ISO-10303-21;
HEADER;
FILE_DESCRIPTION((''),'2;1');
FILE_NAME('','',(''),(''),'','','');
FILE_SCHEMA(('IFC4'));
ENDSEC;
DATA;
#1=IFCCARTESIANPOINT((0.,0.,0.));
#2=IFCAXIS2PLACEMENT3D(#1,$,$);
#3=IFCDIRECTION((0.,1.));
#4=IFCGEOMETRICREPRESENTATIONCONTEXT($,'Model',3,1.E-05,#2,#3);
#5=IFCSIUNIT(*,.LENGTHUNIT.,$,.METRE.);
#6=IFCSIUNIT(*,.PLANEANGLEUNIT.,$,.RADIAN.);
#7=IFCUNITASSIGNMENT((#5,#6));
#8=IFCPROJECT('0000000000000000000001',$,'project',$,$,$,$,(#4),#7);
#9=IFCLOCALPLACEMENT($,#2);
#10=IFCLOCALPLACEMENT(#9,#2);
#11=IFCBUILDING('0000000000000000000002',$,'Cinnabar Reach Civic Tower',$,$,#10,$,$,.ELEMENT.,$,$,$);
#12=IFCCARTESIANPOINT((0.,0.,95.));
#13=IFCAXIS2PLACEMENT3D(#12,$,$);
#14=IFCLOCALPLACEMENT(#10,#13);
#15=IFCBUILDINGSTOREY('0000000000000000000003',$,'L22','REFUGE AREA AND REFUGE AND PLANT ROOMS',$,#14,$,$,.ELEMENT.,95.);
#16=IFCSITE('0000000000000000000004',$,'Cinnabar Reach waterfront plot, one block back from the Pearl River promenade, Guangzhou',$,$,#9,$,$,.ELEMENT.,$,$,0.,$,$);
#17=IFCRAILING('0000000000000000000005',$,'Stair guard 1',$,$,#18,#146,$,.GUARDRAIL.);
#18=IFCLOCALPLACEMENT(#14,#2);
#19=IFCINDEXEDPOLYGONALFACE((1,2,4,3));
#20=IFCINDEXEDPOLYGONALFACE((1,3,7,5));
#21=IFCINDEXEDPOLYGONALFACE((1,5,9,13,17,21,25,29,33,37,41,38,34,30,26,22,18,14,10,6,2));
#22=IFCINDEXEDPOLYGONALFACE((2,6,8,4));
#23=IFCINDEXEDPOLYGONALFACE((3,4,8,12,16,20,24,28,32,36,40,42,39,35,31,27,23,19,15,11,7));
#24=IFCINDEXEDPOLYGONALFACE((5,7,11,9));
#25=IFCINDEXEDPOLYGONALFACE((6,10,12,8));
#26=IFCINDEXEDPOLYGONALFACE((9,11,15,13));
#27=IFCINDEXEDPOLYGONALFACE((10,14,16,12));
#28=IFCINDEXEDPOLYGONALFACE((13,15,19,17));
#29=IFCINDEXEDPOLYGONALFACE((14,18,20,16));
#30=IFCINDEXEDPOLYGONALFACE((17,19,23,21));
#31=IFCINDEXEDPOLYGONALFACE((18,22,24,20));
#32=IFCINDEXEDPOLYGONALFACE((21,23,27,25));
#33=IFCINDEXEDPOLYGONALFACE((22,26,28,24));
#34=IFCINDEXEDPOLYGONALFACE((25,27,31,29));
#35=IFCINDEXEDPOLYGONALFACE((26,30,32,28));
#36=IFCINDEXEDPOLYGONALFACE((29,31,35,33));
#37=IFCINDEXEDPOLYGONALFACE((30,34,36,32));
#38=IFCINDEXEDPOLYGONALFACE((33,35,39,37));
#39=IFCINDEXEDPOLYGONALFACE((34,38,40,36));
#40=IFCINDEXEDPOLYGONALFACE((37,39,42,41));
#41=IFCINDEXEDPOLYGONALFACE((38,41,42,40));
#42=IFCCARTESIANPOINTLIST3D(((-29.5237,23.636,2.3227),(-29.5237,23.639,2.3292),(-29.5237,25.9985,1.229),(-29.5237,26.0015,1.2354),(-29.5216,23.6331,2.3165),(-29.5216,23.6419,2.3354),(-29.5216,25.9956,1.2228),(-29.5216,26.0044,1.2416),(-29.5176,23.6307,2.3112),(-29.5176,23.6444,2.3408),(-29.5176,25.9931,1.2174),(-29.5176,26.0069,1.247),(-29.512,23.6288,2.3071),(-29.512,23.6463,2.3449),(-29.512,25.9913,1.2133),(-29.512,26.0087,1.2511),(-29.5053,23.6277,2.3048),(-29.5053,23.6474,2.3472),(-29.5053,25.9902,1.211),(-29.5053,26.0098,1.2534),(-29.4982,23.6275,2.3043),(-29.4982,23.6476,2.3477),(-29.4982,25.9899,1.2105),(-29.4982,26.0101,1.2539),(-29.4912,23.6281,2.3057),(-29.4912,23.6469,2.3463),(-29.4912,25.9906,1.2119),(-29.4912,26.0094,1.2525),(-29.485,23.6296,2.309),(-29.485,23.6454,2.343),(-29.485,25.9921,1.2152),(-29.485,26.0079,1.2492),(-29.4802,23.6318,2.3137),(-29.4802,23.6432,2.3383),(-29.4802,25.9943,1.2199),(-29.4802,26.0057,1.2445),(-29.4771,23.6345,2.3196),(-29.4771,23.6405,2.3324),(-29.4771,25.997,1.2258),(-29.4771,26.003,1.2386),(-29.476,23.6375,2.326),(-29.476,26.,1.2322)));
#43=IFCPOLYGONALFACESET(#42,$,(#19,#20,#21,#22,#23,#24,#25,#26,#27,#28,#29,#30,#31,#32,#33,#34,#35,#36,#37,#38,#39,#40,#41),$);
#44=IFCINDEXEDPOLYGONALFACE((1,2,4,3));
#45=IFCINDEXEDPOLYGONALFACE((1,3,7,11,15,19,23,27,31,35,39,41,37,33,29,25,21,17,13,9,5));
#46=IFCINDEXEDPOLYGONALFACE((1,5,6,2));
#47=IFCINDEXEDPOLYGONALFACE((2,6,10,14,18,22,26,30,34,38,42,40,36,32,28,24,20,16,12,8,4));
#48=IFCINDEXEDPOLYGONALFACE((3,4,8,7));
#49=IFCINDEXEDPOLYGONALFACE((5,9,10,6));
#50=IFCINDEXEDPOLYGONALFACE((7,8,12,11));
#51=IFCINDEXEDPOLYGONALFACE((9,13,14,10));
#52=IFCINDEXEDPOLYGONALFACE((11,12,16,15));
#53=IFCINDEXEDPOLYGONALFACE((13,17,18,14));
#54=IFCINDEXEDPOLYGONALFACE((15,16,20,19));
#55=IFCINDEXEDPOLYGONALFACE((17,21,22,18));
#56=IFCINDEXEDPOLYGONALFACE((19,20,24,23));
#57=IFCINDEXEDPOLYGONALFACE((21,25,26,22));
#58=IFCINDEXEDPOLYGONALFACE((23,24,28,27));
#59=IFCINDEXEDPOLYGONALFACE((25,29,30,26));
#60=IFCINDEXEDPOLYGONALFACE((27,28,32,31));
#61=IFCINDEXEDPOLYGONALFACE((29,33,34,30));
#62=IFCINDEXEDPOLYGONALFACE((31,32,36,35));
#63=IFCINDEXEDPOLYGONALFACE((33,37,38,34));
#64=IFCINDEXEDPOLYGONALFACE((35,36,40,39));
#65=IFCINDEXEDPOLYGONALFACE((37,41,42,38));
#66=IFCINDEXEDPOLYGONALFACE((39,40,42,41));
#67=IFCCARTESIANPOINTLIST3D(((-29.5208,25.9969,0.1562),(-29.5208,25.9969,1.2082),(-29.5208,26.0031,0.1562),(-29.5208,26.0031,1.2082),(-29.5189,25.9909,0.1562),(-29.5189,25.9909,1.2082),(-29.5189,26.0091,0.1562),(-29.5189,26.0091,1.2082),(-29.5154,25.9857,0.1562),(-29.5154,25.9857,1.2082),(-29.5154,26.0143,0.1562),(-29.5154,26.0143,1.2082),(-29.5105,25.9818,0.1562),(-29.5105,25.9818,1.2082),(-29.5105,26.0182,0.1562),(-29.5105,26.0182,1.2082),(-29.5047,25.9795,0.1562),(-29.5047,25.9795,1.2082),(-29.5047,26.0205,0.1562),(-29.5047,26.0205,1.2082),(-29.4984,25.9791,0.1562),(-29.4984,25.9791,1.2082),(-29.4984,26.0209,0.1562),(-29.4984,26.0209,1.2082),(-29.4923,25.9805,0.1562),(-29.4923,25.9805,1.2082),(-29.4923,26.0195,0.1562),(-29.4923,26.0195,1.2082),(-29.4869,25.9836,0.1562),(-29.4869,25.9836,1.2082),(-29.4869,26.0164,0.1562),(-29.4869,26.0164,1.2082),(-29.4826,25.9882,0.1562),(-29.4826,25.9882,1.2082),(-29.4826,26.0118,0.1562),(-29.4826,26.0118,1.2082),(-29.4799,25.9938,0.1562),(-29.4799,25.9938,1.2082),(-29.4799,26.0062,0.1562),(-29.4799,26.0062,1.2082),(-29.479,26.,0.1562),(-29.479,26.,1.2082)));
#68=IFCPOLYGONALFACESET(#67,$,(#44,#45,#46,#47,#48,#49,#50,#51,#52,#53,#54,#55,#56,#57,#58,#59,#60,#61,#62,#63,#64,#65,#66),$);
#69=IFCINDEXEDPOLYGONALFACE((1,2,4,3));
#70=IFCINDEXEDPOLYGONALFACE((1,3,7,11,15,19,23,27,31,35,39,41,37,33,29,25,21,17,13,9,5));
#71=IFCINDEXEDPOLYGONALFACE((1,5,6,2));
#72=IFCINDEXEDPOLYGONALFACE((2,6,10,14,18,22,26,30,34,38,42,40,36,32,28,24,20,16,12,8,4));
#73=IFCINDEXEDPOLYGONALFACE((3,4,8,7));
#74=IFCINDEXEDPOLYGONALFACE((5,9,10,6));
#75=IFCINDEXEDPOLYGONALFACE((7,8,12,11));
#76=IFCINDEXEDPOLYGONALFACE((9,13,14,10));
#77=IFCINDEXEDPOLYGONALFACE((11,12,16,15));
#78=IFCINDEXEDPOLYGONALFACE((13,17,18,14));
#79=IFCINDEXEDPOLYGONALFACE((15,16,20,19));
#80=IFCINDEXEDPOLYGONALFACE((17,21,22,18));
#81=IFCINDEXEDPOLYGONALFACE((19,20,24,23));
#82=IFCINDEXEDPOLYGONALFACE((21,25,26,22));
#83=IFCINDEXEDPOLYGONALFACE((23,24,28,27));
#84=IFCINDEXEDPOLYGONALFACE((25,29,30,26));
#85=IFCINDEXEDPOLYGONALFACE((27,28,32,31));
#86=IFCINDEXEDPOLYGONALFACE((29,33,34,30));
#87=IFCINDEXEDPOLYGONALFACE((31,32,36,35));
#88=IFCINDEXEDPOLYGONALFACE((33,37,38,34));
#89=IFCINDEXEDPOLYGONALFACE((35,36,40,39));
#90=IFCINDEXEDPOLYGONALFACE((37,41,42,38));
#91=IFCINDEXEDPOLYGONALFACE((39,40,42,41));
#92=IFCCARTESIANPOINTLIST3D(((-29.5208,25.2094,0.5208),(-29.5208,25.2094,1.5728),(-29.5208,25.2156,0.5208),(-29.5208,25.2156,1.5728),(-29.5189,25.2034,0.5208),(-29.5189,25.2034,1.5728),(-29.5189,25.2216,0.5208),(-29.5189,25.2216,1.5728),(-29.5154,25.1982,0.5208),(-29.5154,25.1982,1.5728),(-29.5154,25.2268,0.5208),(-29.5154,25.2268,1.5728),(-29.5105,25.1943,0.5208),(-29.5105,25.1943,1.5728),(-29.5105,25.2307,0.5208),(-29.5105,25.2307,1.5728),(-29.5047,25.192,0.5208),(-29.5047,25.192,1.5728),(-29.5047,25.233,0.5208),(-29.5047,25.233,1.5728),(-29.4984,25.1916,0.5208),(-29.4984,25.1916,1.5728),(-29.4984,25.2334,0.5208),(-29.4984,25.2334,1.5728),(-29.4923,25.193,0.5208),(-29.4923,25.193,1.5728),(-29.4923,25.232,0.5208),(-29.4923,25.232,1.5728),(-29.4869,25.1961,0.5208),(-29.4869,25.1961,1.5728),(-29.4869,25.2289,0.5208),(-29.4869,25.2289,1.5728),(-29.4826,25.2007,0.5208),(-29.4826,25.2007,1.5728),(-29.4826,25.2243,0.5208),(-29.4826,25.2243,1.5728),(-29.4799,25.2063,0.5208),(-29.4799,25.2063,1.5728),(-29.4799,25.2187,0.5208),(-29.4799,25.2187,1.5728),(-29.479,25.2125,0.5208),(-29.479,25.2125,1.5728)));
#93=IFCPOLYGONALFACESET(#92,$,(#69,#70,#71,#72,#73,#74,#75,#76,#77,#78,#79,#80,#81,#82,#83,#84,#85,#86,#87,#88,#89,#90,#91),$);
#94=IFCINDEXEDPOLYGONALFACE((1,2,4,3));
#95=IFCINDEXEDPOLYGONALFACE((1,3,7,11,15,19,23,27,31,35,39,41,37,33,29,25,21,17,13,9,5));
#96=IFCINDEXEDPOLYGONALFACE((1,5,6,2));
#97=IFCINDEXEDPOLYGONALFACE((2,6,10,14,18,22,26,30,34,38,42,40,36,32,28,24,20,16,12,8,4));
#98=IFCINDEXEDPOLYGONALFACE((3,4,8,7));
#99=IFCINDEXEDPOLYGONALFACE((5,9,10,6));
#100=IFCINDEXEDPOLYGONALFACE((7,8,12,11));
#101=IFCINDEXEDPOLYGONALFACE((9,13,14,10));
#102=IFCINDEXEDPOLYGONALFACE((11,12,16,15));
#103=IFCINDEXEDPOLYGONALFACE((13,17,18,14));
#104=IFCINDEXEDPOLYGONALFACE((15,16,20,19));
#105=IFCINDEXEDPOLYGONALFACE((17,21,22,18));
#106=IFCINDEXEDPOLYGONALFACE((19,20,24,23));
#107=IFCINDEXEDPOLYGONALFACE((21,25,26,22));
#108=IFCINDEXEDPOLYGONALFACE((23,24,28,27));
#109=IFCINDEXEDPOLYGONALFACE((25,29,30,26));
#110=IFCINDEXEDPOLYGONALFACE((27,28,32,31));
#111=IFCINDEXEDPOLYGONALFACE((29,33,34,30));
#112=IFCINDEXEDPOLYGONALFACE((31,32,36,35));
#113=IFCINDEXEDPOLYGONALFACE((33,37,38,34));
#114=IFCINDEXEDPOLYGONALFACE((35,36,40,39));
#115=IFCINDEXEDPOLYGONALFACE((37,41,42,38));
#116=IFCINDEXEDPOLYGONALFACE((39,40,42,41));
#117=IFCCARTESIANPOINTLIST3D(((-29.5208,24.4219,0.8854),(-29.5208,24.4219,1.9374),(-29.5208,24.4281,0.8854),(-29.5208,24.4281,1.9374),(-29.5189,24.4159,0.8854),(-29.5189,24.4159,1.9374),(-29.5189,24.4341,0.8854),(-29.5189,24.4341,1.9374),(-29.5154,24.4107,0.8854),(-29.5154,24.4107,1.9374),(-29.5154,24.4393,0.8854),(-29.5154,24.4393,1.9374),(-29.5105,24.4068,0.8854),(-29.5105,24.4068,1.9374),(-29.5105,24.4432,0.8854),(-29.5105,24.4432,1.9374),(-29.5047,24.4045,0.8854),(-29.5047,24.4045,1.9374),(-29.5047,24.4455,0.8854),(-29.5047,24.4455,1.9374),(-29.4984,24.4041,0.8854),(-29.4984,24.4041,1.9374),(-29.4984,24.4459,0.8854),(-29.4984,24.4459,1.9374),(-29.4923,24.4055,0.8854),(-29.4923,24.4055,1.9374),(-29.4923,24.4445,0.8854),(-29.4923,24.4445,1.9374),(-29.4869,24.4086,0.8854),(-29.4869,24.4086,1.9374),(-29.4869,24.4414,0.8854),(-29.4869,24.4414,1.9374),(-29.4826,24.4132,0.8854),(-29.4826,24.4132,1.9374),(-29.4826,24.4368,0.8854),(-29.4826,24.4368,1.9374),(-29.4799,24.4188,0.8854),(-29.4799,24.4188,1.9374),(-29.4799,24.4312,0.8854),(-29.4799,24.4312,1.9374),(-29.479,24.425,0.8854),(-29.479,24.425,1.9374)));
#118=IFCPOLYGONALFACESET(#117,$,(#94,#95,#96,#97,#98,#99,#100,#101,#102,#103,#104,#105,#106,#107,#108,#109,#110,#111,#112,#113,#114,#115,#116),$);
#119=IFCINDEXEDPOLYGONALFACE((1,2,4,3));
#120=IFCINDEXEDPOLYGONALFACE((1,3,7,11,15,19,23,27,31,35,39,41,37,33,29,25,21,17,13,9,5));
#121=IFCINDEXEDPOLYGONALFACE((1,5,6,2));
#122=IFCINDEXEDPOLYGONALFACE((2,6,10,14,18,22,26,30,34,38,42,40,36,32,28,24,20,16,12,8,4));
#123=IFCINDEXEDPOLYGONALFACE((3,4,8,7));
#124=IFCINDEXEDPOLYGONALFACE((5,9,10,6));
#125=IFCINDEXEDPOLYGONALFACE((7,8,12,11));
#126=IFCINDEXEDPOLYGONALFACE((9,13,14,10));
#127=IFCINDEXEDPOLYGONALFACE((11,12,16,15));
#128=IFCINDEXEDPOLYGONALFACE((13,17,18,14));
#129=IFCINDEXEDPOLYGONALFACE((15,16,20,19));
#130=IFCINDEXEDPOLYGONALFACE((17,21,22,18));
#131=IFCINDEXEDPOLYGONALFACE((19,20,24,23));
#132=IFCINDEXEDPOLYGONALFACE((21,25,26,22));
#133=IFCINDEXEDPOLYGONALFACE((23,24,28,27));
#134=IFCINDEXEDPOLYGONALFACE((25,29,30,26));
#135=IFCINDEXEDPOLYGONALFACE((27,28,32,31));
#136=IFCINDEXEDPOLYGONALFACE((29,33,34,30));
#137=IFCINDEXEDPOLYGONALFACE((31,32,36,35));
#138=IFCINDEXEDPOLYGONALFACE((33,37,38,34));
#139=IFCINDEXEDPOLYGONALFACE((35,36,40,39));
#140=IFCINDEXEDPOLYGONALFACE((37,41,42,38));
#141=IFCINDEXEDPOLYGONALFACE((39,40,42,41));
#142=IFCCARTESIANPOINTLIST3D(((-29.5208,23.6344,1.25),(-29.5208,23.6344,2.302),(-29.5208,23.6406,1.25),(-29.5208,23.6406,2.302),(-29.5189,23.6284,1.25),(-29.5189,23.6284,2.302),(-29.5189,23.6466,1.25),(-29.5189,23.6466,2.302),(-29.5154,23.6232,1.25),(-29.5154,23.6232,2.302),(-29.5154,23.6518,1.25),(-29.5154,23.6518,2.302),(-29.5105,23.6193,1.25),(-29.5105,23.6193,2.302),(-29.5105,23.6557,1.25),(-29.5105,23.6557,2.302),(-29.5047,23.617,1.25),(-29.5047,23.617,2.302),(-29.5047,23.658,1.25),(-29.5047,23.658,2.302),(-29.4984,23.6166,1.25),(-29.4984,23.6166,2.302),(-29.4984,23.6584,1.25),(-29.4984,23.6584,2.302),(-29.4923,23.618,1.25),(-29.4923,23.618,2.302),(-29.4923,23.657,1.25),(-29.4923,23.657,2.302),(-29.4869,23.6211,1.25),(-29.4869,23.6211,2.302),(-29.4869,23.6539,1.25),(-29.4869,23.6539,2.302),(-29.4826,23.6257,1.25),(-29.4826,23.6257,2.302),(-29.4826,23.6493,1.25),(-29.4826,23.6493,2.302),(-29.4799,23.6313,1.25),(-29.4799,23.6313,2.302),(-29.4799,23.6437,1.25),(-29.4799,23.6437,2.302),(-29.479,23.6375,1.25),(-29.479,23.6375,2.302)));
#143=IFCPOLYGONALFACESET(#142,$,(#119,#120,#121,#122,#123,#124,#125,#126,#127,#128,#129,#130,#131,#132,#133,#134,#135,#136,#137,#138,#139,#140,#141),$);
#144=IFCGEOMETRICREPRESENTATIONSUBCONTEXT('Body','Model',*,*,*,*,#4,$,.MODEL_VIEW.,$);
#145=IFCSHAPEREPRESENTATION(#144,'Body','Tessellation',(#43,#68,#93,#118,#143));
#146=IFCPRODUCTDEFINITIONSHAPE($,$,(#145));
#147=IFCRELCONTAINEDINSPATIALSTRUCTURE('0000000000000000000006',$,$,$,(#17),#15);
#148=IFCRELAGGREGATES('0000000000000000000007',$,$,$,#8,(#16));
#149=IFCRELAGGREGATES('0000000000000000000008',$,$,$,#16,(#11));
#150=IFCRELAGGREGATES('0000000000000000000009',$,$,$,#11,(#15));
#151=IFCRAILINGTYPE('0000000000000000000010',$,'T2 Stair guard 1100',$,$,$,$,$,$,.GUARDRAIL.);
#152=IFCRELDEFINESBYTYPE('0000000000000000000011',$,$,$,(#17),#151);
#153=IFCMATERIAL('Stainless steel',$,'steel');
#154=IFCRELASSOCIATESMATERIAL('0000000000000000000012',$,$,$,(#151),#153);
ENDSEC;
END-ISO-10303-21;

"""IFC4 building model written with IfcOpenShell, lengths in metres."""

from ifc_helpers import new_model, si_unit, direction, frame, origin, origin_2d, place, context, subcontext, project, spatial, circle, extrude, material, type_object, element, save


model = new_model("IFC4")

# Units and contexts
model_context = context("Model", 3, precision=1e-05, world=origin(), true_north=direction((0.0, 1.0)))
body_context = subcontext(model_context, "Body", "Model", "MODEL_VIEW")
ifc_project = project(units=[si_unit("LENGTHUNIT", "METRE"), si_unit("PLANEANGLEUNIT", "RADIAN")], contexts=[model_context])

# Site, building, storey
site_placement = place(None, origin())
site = spatial("IfcSite", under=ifc_project, at=site_placement, Name="Cinnabar Reach waterfront plot, one block back from the Pearl River promenade, Guangzhou", CompositionType="ELEMENT", RefElevation=0.0)
building_placement = place(site_placement, origin())
building = spatial("IfcBuilding", under=site, at=building_placement, Name="Cinnabar Reach Civic Tower", CompositionType="ELEMENT")
storey_placement = place(building_placement, frame((0.0, 0.0, 95.0)))
storey = spatial("IfcBuildingStorey", under=building, at=storey_placement, Name="L22", Description="REFUGE AREA AND REFUGE AND PLANT ROOMS", CompositionType="ELEMENT", Elevation=95.0)

# Railing
ifc_material_1 = material(Name="Stainless steel", Category="steel")
railing_type = type_object("IfcRailingType", Name="T2 Stair guard 1100", PredefinedType="GUARDRAIL", material=ifc_material_1)
railing_1_placement = place(storey_placement, frame((-29.5, 26.0, 0.1562)))
element("IfcRailing", 1, at=railing_1_placement, inside=storey, type_object=railing_type, Name="Stair guard 1", PredefinedType="GUARDRAIL", context=body_context, shape_type="SweptSolid", body=[
    extrude(circle(Radius=0.024, at=origin_2d()), frame((0.0, 0.0, 1.076), z_axis=(0.0, -0.90746, 0.420139), x_axis=(1.0, 0.0, 0.0)), (0.0, 0.0, 1.0), 2.6034),
    extrude(circle(Radius=0.021, at=origin_2d()), origin(), (0.0, 0.0, 1.0), 1.052),
    extrude(circle(Radius=0.021, at=origin_2d()), frame((0.0, -0.7875, 0.3646)), (0.0, 0.0, 1.0), 1.052),
    extrude(circle(Radius=0.021, at=origin_2d()), frame((0.0, -1.575, 0.7292)), (0.0, 0.0, 1.0), 1.052),
    extrude(circle(Radius=0.021, at=origin_2d()), frame((0.0, -2.3625, 1.0938)), (0.0, 0.0, 1.0), 1.052),
])

save(model, "model.ifc")
